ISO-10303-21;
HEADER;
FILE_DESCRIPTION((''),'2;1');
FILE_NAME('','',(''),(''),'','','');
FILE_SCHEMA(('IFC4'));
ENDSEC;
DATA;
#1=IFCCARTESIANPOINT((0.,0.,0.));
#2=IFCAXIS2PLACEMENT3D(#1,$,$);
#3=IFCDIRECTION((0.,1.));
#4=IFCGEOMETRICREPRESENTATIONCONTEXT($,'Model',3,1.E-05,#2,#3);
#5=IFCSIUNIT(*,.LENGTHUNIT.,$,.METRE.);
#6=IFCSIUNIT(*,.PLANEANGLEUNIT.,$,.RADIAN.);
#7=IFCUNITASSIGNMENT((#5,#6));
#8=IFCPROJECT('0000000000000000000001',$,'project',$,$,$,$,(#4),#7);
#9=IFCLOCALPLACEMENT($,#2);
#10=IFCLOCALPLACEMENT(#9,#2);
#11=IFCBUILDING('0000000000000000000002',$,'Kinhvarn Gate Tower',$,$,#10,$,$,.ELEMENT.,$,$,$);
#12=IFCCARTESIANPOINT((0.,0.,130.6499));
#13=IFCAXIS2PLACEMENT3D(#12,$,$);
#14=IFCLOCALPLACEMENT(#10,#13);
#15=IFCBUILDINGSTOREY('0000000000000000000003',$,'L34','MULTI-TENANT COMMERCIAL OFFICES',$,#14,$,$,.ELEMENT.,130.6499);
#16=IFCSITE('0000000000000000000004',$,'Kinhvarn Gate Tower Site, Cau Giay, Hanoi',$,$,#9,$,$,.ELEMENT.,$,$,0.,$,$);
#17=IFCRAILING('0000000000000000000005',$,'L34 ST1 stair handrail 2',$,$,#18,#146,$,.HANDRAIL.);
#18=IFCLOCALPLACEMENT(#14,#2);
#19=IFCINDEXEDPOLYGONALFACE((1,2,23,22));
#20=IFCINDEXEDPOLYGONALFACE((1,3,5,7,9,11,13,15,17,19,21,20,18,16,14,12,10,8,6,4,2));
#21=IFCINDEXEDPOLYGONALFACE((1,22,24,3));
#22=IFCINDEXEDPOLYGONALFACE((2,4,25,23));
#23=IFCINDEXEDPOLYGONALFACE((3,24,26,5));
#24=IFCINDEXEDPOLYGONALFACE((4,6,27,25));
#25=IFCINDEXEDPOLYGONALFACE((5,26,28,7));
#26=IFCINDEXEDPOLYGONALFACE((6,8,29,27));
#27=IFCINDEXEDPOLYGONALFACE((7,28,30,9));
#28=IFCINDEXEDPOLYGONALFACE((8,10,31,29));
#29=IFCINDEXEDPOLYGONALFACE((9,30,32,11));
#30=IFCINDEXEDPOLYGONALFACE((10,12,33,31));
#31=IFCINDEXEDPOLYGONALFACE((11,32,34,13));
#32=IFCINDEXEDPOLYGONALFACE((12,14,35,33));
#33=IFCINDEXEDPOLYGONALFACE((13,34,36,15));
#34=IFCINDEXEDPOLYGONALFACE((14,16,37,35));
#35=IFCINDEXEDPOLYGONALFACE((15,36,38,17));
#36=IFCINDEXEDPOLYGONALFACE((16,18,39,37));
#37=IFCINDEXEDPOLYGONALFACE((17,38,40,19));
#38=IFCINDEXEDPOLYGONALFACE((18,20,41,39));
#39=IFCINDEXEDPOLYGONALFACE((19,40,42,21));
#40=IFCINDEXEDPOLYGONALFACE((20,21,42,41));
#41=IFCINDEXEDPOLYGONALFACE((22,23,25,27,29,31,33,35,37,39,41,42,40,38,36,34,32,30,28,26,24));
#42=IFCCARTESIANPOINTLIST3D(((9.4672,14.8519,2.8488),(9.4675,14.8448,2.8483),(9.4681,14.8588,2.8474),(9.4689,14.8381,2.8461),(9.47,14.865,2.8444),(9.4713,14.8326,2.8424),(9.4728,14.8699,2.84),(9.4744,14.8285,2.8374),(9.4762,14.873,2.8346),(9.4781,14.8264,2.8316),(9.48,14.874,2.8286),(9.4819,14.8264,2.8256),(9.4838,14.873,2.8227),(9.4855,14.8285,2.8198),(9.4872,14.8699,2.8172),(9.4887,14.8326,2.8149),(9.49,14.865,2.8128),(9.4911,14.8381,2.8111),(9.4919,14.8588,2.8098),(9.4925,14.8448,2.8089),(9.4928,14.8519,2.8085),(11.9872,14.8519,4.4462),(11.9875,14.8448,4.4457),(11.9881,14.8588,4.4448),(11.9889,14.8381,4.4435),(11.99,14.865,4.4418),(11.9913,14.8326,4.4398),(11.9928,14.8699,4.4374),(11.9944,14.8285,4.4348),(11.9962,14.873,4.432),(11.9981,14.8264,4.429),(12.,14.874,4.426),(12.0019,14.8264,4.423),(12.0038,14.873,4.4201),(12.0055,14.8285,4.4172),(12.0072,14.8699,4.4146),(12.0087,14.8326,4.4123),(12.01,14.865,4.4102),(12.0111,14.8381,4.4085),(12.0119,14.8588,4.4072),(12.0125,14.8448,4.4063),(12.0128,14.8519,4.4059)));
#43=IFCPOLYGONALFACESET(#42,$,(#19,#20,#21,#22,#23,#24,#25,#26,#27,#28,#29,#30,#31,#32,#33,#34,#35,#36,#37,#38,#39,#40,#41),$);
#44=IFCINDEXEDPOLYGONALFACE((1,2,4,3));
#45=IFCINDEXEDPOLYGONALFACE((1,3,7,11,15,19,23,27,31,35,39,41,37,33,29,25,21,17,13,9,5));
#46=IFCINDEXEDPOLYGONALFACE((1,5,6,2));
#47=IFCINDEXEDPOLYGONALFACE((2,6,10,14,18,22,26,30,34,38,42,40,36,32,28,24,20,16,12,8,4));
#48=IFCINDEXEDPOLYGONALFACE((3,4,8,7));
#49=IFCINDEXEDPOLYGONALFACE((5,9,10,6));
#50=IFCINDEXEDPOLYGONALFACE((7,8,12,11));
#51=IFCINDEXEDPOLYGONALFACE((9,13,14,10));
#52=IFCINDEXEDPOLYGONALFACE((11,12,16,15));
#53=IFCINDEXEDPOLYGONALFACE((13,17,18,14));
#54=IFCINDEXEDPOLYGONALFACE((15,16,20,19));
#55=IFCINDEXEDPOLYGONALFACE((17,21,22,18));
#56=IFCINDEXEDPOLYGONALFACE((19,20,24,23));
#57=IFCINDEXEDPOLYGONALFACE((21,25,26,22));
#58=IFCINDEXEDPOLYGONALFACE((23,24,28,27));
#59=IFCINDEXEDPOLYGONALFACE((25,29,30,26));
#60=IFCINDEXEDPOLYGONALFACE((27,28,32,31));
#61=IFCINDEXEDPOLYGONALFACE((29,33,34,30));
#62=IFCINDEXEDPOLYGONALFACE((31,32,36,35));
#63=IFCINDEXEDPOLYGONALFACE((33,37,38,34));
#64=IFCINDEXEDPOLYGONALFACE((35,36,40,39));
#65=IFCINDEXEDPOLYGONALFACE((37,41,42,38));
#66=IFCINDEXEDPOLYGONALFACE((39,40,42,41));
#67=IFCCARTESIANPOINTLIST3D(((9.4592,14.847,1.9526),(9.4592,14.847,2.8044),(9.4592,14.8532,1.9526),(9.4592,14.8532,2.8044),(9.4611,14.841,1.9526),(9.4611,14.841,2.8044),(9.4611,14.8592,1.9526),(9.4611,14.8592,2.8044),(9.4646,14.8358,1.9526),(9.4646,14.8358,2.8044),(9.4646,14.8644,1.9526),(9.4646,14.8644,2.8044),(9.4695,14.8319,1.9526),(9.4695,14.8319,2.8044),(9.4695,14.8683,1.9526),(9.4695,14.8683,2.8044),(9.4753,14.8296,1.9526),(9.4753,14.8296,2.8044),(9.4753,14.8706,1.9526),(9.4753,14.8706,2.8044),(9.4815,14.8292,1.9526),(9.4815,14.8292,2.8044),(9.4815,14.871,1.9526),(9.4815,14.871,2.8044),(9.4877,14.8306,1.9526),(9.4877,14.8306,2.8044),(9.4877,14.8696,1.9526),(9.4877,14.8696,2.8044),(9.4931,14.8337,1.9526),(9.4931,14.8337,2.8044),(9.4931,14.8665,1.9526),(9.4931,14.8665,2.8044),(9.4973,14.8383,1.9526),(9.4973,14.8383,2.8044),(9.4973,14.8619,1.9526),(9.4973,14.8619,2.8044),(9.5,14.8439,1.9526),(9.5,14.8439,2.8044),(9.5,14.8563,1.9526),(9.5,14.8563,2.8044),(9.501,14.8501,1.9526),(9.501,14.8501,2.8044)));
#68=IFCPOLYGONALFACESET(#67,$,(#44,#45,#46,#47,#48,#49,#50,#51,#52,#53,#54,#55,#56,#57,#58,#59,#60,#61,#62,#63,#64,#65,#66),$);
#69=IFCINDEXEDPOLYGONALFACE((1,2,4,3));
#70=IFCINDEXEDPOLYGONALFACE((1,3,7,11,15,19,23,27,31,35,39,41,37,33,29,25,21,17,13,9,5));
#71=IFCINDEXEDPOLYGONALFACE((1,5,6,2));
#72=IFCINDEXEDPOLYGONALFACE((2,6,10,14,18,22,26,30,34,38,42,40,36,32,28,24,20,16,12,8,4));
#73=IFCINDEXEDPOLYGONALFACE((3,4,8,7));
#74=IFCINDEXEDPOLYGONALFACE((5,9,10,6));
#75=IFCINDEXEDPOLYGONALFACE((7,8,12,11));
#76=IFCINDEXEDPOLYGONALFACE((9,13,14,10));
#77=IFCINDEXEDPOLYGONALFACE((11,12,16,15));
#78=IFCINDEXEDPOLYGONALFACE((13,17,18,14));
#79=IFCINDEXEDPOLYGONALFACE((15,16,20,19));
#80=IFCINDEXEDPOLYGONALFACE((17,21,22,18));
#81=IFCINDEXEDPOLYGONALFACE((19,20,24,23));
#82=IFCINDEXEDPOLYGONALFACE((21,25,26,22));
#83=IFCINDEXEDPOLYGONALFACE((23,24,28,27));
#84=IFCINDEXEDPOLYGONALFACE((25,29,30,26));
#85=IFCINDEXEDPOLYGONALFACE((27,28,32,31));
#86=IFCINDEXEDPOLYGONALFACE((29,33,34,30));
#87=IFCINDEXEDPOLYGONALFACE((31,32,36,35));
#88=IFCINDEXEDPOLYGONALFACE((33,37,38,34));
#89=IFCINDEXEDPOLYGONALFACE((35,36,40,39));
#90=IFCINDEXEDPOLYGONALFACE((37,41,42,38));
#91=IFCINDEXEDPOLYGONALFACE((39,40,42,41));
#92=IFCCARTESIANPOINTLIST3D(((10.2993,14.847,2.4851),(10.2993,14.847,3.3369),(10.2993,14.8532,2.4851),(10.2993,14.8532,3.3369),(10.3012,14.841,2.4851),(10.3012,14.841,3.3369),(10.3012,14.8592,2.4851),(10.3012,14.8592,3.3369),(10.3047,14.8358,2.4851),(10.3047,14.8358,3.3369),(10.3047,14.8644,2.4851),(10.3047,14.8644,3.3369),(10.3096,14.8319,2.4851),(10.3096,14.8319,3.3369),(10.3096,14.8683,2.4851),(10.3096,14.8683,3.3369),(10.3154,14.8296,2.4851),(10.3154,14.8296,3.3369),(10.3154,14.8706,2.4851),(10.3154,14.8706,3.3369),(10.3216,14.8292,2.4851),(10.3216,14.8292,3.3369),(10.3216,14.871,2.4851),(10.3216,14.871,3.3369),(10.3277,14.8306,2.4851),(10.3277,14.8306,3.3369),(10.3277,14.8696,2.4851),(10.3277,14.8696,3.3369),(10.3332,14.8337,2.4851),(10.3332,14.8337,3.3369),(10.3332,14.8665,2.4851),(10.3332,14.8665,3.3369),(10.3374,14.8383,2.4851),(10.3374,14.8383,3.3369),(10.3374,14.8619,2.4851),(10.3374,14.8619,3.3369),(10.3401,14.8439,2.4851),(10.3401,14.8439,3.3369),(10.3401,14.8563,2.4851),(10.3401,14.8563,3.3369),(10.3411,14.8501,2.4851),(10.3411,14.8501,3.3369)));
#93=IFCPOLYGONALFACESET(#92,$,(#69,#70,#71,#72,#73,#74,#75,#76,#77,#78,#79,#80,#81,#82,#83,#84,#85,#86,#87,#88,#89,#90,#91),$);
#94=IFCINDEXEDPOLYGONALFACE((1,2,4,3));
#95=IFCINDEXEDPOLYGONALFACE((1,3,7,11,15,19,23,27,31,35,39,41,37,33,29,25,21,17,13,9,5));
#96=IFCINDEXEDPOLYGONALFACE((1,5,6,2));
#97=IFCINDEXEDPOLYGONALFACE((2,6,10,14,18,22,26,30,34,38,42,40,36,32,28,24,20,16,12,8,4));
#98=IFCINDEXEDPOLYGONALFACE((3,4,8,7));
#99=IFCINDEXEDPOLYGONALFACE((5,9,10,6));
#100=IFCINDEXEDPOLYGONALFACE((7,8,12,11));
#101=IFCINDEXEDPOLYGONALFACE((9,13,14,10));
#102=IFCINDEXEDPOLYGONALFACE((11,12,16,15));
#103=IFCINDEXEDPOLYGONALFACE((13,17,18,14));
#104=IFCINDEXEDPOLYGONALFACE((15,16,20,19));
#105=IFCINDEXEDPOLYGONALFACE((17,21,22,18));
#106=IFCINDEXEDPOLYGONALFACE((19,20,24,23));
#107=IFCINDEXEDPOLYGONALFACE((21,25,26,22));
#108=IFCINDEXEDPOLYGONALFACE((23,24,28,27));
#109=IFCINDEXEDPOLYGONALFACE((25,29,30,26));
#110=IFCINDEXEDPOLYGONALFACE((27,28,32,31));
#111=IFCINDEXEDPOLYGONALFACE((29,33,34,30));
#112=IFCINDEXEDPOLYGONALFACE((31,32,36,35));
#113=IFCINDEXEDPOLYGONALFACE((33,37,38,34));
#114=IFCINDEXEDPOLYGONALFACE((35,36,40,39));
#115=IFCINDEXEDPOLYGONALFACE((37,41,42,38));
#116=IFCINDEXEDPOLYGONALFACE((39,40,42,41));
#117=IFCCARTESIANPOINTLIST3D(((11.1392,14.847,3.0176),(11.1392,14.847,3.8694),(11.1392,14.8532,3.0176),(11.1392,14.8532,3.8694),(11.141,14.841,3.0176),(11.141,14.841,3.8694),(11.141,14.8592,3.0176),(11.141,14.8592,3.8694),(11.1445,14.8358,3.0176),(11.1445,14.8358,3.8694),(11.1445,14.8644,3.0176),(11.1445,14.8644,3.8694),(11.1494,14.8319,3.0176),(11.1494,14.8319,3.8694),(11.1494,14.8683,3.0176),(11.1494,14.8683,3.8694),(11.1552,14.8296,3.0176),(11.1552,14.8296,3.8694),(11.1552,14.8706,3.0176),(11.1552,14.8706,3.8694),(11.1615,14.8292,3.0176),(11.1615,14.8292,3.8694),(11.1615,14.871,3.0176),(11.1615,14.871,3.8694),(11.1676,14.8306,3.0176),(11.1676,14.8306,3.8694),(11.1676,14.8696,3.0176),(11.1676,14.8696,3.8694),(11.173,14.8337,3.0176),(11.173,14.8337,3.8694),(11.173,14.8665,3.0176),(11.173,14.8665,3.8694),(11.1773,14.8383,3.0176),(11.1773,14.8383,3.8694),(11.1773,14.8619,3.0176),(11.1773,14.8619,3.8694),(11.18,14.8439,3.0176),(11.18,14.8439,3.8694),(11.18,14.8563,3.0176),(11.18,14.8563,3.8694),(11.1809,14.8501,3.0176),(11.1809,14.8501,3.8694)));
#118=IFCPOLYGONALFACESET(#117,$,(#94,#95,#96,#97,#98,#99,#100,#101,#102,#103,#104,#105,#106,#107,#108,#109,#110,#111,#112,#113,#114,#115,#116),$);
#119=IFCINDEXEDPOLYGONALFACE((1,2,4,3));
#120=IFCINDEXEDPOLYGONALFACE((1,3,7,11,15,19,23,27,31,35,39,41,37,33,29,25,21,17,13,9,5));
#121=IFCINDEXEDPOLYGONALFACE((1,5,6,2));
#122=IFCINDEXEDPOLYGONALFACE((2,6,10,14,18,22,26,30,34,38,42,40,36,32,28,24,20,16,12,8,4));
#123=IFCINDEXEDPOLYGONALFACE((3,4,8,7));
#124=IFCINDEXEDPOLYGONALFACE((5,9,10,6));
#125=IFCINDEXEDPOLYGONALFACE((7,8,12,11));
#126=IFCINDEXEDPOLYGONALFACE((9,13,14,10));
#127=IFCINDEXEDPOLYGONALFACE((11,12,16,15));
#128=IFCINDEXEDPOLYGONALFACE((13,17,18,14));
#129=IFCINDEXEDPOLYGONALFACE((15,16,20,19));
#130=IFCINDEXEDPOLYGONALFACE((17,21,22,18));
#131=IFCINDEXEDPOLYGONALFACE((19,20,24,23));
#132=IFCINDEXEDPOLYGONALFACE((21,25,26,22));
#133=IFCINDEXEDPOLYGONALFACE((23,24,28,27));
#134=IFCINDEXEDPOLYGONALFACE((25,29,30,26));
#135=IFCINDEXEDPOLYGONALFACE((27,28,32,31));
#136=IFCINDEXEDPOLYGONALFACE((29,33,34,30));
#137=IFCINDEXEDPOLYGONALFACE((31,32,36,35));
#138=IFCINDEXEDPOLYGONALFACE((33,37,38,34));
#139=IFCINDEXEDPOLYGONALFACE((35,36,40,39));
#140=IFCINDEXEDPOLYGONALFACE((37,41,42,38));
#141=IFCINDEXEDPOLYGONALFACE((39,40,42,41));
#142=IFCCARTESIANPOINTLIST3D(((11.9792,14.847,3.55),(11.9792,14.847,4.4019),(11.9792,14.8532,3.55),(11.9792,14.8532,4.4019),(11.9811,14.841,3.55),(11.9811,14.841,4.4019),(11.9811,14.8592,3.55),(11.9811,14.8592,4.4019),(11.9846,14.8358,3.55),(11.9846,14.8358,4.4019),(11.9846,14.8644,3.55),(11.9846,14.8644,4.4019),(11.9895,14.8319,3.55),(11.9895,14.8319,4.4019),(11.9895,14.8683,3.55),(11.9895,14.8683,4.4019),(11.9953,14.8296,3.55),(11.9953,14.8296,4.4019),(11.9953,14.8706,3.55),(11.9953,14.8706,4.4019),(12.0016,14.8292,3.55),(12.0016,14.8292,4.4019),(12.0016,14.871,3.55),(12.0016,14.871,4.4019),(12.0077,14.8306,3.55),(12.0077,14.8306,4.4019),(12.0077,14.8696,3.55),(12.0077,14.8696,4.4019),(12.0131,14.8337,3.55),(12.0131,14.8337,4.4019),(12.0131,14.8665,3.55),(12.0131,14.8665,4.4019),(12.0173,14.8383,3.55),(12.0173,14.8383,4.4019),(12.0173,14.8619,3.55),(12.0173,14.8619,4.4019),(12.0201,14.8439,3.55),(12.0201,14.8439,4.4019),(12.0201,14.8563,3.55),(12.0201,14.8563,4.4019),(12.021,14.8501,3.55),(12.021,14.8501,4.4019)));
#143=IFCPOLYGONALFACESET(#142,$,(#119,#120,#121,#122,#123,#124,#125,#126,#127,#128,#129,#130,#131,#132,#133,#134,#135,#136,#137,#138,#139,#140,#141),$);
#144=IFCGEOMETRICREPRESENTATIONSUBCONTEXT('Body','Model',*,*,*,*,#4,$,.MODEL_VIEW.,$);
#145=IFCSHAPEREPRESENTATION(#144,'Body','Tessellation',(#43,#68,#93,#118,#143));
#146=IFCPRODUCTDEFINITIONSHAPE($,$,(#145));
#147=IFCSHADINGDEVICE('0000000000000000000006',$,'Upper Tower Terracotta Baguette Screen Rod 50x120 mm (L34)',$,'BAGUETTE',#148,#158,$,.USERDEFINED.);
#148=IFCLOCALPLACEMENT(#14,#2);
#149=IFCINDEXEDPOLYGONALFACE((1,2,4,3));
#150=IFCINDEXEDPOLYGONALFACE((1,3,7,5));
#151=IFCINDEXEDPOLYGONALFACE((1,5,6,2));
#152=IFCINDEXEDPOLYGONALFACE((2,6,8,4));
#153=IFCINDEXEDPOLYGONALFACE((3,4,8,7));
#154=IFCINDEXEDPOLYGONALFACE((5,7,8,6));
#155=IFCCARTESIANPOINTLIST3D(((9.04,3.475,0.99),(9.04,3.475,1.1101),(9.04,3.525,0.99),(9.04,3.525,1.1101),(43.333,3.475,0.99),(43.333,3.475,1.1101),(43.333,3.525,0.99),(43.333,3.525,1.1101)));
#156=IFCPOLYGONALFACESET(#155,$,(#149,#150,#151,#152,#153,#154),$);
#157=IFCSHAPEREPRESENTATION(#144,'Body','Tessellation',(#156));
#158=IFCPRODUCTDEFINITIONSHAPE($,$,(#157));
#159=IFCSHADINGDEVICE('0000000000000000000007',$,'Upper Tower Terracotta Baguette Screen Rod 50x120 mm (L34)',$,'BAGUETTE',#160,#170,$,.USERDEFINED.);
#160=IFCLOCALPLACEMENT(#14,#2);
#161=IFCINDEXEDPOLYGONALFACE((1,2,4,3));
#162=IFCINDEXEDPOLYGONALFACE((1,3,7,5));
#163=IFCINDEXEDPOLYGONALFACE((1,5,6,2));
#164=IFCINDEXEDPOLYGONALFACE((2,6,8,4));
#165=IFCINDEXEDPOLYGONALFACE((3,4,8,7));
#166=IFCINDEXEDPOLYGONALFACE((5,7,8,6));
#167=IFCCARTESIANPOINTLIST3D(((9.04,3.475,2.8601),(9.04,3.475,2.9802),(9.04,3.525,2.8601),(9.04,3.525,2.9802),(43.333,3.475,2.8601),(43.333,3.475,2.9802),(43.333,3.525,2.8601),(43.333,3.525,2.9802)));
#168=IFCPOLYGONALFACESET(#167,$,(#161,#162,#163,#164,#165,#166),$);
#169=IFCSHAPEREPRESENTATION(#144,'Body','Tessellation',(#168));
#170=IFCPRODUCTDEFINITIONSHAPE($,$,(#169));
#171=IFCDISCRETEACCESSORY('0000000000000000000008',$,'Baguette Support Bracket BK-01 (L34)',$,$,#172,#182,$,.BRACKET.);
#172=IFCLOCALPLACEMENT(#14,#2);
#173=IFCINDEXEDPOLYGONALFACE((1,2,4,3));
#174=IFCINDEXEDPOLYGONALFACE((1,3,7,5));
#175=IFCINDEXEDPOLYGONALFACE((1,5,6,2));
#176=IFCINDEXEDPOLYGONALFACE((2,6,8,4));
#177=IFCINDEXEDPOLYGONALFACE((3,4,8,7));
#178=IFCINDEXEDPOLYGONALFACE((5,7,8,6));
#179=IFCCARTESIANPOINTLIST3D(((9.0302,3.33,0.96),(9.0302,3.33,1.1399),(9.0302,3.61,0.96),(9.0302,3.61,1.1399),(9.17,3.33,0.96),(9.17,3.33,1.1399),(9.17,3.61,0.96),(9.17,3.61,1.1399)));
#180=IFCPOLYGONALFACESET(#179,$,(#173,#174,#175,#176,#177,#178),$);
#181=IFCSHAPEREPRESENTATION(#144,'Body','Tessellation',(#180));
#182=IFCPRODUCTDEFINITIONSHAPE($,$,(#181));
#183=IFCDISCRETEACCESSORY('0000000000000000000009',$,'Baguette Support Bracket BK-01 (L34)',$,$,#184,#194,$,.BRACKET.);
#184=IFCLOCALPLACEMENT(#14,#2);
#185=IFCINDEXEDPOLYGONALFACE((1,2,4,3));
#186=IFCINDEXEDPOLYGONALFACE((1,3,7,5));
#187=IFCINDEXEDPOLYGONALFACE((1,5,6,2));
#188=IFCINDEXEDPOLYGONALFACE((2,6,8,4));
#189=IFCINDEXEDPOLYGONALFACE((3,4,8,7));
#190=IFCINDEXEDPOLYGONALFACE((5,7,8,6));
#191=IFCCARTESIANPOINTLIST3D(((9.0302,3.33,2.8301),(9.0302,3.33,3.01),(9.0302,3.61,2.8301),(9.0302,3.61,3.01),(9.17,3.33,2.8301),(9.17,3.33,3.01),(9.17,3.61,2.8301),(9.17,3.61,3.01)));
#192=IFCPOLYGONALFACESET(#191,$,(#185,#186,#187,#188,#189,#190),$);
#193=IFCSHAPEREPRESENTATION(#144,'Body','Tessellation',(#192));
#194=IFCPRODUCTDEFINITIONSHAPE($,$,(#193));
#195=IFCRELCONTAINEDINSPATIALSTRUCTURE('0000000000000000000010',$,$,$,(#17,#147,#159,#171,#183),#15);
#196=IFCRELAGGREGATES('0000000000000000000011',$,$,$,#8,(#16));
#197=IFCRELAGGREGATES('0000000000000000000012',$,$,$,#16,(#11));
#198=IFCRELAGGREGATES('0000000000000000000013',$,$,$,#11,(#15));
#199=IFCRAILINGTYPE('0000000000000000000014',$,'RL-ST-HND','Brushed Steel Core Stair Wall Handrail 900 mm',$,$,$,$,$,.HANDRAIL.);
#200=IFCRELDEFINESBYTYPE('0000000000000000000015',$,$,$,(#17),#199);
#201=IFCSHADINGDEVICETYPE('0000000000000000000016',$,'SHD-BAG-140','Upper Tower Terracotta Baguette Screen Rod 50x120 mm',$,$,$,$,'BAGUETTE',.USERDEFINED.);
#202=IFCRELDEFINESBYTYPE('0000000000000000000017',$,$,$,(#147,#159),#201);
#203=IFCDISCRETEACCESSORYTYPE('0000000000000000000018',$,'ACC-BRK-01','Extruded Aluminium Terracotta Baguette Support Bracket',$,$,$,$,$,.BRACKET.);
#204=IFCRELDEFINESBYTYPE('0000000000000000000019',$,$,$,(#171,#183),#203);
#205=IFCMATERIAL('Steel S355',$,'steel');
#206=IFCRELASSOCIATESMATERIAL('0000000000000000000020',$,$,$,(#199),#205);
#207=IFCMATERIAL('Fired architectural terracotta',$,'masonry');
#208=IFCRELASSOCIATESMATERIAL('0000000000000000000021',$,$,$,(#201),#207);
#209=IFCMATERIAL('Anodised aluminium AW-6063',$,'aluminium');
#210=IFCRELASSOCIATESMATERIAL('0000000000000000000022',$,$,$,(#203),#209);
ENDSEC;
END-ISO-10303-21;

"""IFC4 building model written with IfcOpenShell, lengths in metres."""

from ifc_helpers import new_model, si_unit, direction, frame, origin, origin_2d, place, context, subcontext, project, spatial, rectangle, circle, extrude, material, material_profile, profile_set, type_object, element, save


model = new_model("IFC4")

# Units and contexts
model_context = context("Model", 3, precision=1e-05, world=origin(), true_north=direction((0.0, 1.0)))
body_context = subcontext(model_context, "Body", "Model", "MODEL_VIEW")
ifc_project = project(units=[si_unit("LENGTHUNIT", "METRE"), si_unit("PLANEANGLEUNIT", "RADIAN")], contexts=[model_context])

# Site, building, storey
site_placement = place(None, origin())
site = spatial("IfcSite", under=ifc_project, at=site_placement, Name="Kinhvarn Gate Tower Site, Cau Giay, Hanoi", CompositionType="ELEMENT", RefElevation=0.0)
building_placement = place(site_placement, origin())
building = spatial("IfcBuilding", under=site, at=building_placement, Name="Kinhvarn Gate Tower", CompositionType="ELEMENT")
storey_placement = place(building_placement, frame((0.0, 0.0, 130.6499)))
storey = spatial("IfcBuildingStorey", under=building, at=storey_placement, Name="L34", Description="MULTI-TENANT COMMERCIAL OFFICES", CompositionType="ELEMENT", Elevation=130.6499)

# Shared definitions
ifc_material_1 = material(Name="Anodised aluminium AW-6063", Category="aluminium")

# Shared definitions
ifc_material_2 = material(Name="Steel S355", Category="steel")

# Shared definitions
ifc_material_3 = material(Name="Fired architectural terracotta", Category="masonry")

# Railing
railing_type_1 = type_object("IfcRailingType", Name="RL-ST-HND", Description="Brushed Steel Core Stair Wall Handrail 900 mm", PredefinedType="HANDRAIL", material=ifc_material_2)
railing_1_placement = place(storey_placement, frame((9.48, 14.8501, 1.9526)))
element("IfcRailing", 1, at=railing_1_placement, inside=storey, type_object=railing_type_1, Name="L34 ST1 stair handrail 2", PredefinedType="HANDRAIL", context=body_context, shape_type="SweptSolid", body=[
    extrude(circle(Radius=0.0239, at=origin_2d()), frame((0.0, 0.0, 0.876), z_axis=(0.844607, 0.0, 0.535387), x_axis=(0.0, 1.0, 0.0)), (0.0, 0.0, 1.0), 2.9836),
    extrude(circle(Radius=0.021, at=origin_2d()), origin(), (0.0, 0.0, 1.0), 0.8518),
    extrude(circle(Radius=0.021, at=origin_2d()), frame((0.8401, 0.0, 0.5325)), (0.0, 0.0, 1.0), 0.8518),
    extrude(circle(Radius=0.021, at=origin_2d()), frame((1.6799, 0.0, 1.0649)), (0.0, 0.0, 1.0), 0.8518),
    extrude(circle(Radius=0.021, at=origin_2d()), frame((2.52, 0.0, 1.5974)), (0.0, 0.0, 1.0), 0.8518),
])

# Shading devices
ifc_material_profile_1 = material_profile(ifc_material_3, rectangle(XDim=0.05, YDim=0.1201, at=origin_2d()), Name="TC 50x120")
ifc_profile_set_1 = profile_set([ifc_material_profile_1], Name="Fired architectural terracotta")
shading_device_type = type_object("IfcShadingDeviceType", Name="SHD-BAG-140", Description="Upper Tower Terracotta Baguette Screen Rod 50x120 mm", ElementType="BAGUETTE", PredefinedType="USERDEFINED", material=ifc_profile_set_1)
for number, where, z_axis, x_axis, name in (
    (2, (9.04, 3.5, 1.05), (1.0, 0.0, 0.0), (0.0, 1.0, 0.0), "Upper Tower Terracotta Baguette Screen Rod 50x120 mm (L34)"),
    (3, (9.04, 3.5, 2.9202), (1.0, 0.0, 0.0), (0.0, 1.0, 0.0), "Upper Tower Terracotta Baguette Screen Rod 50x120 mm (L34)"),
):
    element("IfcShadingDevice", number, at=place(storey_placement, frame(where, z_axis=z_axis, x_axis=x_axis)), inside=storey, type_object=shading_device_type, Name=name, ObjectType="BAGUETTE", PredefinedType="USERDEFINED", context=body_context, shape_type="SweptSolid", body=[
        extrude(rectangle(XDim=0.05, YDim=0.1201, at=origin_2d()), origin(), (0.0, 0.0, 1.0), 34.293),
    ])

# Discrete accessories
discrete_accessory_type = type_object("IfcDiscreteAccessoryType", Name="ACC-BRK-01", Description="Extruded Aluminium Terracotta Baguette Support Bracket", PredefinedType="BRACKET", material=ifc_material_1)
for number, where, z_axis, x_axis, name in (
    (4, (9.1001, 3.47, 0.96), (0.0, 0.0, 1.0), (1.0, 0.0, 0.0), "Baguette Support Bracket BK-01 (L34)"),
    (5, (9.1001, 3.47, 2.8301), (0.0, 0.0, 1.0), (1.0, 0.0, 0.0), "Baguette Support Bracket BK-01 (L34)"),
):
    element("IfcDiscreteAccessory", number, at=place(storey_placement, frame(where, z_axis=z_axis, x_axis=x_axis)), inside=storey, type_object=discrete_accessory_type, Name=name, PredefinedType="BRACKET", context=body_context, shape_type="SweptSolid", body=[
        extrude(rectangle(XDim=0.1399, YDim=0.28, at=origin_2d()), origin(), (0.0, 0.0, 1.0), 0.1799),
    ])

save(model, "model.ifc")
